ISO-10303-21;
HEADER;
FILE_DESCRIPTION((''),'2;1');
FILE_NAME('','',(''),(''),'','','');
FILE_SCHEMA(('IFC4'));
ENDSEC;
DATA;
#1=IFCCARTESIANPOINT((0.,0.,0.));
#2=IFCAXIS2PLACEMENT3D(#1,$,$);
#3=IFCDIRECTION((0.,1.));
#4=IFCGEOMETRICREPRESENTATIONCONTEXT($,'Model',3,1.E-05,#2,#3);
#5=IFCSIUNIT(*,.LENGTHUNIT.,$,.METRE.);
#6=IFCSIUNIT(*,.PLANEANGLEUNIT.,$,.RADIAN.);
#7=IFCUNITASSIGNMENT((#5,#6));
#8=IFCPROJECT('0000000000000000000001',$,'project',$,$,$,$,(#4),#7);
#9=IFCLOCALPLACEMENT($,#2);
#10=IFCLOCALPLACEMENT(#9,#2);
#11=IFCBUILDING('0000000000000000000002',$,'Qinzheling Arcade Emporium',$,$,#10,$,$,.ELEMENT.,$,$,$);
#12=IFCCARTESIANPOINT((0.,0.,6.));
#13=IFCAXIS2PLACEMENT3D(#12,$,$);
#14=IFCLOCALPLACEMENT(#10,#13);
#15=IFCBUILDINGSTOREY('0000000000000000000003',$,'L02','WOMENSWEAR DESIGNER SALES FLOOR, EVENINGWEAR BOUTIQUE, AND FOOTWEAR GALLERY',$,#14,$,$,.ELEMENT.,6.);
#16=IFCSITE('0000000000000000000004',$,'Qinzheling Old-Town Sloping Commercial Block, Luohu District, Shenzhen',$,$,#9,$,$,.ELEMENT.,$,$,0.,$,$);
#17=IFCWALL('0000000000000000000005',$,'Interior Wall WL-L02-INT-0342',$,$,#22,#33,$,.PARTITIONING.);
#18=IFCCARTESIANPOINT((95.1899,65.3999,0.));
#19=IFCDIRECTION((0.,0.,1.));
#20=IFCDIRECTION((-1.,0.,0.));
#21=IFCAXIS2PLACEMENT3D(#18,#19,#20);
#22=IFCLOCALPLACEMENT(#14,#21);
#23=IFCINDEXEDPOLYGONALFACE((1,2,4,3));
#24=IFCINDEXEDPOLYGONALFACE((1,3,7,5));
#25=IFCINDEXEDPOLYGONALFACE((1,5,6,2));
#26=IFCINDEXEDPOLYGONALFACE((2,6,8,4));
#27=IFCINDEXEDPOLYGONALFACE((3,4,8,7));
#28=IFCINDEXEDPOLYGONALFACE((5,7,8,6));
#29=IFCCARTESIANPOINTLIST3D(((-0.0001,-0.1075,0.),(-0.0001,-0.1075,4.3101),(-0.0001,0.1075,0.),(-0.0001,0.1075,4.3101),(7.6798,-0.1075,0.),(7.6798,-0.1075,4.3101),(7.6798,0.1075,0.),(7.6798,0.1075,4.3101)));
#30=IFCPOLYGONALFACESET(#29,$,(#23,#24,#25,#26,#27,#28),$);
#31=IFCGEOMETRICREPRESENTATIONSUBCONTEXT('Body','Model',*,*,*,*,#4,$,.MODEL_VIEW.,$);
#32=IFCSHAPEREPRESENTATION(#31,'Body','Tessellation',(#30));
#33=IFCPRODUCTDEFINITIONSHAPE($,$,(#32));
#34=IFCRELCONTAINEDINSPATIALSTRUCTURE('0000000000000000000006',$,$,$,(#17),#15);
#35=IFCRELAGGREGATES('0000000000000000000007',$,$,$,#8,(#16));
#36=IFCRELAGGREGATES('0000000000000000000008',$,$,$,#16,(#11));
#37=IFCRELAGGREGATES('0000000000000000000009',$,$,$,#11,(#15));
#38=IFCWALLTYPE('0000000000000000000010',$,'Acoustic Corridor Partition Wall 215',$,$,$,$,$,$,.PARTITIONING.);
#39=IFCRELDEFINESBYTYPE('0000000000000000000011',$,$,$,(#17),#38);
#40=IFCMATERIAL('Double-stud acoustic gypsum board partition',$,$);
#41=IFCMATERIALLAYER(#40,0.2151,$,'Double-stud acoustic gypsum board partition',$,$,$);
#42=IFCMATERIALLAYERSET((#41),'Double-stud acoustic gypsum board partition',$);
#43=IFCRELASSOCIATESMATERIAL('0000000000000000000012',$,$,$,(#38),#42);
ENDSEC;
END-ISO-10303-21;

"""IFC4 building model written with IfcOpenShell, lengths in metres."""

from ifc_helpers import new_model, si_unit, direction, frame, frame_2d, origin, place, context, subcontext, project, spatial, rectangle, extrude, material, layer, layer_set, type_object, element, save


model = new_model("IFC4")

# Units and contexts
model_context = context("Model", 3, precision=1e-05, world=origin(), true_north=direction((0.0, 1.0)))
body_context = subcontext(model_context, "Body", "Model", "MODEL_VIEW")
ifc_project = project(units=[si_unit("LENGTHUNIT", "METRE"), si_unit("PLANEANGLEUNIT", "RADIAN")], contexts=[model_context])

# Site, building, storey
site_placement = place(None, origin())
site = spatial("IfcSite", under=ifc_project, at=site_placement, Name="Qinzheling Old-Town Sloping Commercial Block, Luohu District, Shenzhen", CompositionType="ELEMENT", RefElevation=0.0)
building_placement = place(site_placement, origin())
building = spatial("IfcBuilding", under=site, at=building_placement, Name="Qinzheling Arcade Emporium", CompositionType="ELEMENT")
storey_placement = place(building_placement, frame((0.0, 0.0, 6.0)))
storey = spatial("IfcBuildingStorey", under=building, at=storey_placement, Name="L02", Description="WOMENSWEAR DESIGNER SALES FLOOR, EVENINGWEAR BOUTIQUE, AND FOOTWEAR GALLERY", CompositionType="ELEMENT", Elevation=6.0)

# Wall
ifc_material_1 = material(Name="Double-stud acoustic gypsum board partition")
ifc_layer_1 = layer(ifc_material_1, 0.2151, Name="Double-stud acoustic gypsum board partition")
ifc_layer_set_1 = layer_set([ifc_layer_1], Name="Double-stud acoustic gypsum board partition")
wall_type_1 = type_object("IfcWallType", Name="Acoustic Corridor Partition Wall 215", PredefinedType="PARTITIONING", material=ifc_layer_set_1)
wall_1_placement = place(storey_placement, frame((95.1899, 65.3999, 0.0), z_axis=(0.0, 0.0, 1.0), x_axis=(-1.0, 0.0, 0.0)))
element("IfcWall", 1, at=wall_1_placement, inside=storey, type_object=wall_type_1, Name="Interior Wall WL-L02-INT-0342", PredefinedType="PARTITIONING", context=body_context, shape_type="SweptSolid", body=[
    extrude(rectangle(XDim=7.6799, YDim=0.2151, at=frame_2d((3.8398, 0.0))), origin(), (0.0, 0.0, 1.0), 4.3101),
])

save(model, "model.ifc")
